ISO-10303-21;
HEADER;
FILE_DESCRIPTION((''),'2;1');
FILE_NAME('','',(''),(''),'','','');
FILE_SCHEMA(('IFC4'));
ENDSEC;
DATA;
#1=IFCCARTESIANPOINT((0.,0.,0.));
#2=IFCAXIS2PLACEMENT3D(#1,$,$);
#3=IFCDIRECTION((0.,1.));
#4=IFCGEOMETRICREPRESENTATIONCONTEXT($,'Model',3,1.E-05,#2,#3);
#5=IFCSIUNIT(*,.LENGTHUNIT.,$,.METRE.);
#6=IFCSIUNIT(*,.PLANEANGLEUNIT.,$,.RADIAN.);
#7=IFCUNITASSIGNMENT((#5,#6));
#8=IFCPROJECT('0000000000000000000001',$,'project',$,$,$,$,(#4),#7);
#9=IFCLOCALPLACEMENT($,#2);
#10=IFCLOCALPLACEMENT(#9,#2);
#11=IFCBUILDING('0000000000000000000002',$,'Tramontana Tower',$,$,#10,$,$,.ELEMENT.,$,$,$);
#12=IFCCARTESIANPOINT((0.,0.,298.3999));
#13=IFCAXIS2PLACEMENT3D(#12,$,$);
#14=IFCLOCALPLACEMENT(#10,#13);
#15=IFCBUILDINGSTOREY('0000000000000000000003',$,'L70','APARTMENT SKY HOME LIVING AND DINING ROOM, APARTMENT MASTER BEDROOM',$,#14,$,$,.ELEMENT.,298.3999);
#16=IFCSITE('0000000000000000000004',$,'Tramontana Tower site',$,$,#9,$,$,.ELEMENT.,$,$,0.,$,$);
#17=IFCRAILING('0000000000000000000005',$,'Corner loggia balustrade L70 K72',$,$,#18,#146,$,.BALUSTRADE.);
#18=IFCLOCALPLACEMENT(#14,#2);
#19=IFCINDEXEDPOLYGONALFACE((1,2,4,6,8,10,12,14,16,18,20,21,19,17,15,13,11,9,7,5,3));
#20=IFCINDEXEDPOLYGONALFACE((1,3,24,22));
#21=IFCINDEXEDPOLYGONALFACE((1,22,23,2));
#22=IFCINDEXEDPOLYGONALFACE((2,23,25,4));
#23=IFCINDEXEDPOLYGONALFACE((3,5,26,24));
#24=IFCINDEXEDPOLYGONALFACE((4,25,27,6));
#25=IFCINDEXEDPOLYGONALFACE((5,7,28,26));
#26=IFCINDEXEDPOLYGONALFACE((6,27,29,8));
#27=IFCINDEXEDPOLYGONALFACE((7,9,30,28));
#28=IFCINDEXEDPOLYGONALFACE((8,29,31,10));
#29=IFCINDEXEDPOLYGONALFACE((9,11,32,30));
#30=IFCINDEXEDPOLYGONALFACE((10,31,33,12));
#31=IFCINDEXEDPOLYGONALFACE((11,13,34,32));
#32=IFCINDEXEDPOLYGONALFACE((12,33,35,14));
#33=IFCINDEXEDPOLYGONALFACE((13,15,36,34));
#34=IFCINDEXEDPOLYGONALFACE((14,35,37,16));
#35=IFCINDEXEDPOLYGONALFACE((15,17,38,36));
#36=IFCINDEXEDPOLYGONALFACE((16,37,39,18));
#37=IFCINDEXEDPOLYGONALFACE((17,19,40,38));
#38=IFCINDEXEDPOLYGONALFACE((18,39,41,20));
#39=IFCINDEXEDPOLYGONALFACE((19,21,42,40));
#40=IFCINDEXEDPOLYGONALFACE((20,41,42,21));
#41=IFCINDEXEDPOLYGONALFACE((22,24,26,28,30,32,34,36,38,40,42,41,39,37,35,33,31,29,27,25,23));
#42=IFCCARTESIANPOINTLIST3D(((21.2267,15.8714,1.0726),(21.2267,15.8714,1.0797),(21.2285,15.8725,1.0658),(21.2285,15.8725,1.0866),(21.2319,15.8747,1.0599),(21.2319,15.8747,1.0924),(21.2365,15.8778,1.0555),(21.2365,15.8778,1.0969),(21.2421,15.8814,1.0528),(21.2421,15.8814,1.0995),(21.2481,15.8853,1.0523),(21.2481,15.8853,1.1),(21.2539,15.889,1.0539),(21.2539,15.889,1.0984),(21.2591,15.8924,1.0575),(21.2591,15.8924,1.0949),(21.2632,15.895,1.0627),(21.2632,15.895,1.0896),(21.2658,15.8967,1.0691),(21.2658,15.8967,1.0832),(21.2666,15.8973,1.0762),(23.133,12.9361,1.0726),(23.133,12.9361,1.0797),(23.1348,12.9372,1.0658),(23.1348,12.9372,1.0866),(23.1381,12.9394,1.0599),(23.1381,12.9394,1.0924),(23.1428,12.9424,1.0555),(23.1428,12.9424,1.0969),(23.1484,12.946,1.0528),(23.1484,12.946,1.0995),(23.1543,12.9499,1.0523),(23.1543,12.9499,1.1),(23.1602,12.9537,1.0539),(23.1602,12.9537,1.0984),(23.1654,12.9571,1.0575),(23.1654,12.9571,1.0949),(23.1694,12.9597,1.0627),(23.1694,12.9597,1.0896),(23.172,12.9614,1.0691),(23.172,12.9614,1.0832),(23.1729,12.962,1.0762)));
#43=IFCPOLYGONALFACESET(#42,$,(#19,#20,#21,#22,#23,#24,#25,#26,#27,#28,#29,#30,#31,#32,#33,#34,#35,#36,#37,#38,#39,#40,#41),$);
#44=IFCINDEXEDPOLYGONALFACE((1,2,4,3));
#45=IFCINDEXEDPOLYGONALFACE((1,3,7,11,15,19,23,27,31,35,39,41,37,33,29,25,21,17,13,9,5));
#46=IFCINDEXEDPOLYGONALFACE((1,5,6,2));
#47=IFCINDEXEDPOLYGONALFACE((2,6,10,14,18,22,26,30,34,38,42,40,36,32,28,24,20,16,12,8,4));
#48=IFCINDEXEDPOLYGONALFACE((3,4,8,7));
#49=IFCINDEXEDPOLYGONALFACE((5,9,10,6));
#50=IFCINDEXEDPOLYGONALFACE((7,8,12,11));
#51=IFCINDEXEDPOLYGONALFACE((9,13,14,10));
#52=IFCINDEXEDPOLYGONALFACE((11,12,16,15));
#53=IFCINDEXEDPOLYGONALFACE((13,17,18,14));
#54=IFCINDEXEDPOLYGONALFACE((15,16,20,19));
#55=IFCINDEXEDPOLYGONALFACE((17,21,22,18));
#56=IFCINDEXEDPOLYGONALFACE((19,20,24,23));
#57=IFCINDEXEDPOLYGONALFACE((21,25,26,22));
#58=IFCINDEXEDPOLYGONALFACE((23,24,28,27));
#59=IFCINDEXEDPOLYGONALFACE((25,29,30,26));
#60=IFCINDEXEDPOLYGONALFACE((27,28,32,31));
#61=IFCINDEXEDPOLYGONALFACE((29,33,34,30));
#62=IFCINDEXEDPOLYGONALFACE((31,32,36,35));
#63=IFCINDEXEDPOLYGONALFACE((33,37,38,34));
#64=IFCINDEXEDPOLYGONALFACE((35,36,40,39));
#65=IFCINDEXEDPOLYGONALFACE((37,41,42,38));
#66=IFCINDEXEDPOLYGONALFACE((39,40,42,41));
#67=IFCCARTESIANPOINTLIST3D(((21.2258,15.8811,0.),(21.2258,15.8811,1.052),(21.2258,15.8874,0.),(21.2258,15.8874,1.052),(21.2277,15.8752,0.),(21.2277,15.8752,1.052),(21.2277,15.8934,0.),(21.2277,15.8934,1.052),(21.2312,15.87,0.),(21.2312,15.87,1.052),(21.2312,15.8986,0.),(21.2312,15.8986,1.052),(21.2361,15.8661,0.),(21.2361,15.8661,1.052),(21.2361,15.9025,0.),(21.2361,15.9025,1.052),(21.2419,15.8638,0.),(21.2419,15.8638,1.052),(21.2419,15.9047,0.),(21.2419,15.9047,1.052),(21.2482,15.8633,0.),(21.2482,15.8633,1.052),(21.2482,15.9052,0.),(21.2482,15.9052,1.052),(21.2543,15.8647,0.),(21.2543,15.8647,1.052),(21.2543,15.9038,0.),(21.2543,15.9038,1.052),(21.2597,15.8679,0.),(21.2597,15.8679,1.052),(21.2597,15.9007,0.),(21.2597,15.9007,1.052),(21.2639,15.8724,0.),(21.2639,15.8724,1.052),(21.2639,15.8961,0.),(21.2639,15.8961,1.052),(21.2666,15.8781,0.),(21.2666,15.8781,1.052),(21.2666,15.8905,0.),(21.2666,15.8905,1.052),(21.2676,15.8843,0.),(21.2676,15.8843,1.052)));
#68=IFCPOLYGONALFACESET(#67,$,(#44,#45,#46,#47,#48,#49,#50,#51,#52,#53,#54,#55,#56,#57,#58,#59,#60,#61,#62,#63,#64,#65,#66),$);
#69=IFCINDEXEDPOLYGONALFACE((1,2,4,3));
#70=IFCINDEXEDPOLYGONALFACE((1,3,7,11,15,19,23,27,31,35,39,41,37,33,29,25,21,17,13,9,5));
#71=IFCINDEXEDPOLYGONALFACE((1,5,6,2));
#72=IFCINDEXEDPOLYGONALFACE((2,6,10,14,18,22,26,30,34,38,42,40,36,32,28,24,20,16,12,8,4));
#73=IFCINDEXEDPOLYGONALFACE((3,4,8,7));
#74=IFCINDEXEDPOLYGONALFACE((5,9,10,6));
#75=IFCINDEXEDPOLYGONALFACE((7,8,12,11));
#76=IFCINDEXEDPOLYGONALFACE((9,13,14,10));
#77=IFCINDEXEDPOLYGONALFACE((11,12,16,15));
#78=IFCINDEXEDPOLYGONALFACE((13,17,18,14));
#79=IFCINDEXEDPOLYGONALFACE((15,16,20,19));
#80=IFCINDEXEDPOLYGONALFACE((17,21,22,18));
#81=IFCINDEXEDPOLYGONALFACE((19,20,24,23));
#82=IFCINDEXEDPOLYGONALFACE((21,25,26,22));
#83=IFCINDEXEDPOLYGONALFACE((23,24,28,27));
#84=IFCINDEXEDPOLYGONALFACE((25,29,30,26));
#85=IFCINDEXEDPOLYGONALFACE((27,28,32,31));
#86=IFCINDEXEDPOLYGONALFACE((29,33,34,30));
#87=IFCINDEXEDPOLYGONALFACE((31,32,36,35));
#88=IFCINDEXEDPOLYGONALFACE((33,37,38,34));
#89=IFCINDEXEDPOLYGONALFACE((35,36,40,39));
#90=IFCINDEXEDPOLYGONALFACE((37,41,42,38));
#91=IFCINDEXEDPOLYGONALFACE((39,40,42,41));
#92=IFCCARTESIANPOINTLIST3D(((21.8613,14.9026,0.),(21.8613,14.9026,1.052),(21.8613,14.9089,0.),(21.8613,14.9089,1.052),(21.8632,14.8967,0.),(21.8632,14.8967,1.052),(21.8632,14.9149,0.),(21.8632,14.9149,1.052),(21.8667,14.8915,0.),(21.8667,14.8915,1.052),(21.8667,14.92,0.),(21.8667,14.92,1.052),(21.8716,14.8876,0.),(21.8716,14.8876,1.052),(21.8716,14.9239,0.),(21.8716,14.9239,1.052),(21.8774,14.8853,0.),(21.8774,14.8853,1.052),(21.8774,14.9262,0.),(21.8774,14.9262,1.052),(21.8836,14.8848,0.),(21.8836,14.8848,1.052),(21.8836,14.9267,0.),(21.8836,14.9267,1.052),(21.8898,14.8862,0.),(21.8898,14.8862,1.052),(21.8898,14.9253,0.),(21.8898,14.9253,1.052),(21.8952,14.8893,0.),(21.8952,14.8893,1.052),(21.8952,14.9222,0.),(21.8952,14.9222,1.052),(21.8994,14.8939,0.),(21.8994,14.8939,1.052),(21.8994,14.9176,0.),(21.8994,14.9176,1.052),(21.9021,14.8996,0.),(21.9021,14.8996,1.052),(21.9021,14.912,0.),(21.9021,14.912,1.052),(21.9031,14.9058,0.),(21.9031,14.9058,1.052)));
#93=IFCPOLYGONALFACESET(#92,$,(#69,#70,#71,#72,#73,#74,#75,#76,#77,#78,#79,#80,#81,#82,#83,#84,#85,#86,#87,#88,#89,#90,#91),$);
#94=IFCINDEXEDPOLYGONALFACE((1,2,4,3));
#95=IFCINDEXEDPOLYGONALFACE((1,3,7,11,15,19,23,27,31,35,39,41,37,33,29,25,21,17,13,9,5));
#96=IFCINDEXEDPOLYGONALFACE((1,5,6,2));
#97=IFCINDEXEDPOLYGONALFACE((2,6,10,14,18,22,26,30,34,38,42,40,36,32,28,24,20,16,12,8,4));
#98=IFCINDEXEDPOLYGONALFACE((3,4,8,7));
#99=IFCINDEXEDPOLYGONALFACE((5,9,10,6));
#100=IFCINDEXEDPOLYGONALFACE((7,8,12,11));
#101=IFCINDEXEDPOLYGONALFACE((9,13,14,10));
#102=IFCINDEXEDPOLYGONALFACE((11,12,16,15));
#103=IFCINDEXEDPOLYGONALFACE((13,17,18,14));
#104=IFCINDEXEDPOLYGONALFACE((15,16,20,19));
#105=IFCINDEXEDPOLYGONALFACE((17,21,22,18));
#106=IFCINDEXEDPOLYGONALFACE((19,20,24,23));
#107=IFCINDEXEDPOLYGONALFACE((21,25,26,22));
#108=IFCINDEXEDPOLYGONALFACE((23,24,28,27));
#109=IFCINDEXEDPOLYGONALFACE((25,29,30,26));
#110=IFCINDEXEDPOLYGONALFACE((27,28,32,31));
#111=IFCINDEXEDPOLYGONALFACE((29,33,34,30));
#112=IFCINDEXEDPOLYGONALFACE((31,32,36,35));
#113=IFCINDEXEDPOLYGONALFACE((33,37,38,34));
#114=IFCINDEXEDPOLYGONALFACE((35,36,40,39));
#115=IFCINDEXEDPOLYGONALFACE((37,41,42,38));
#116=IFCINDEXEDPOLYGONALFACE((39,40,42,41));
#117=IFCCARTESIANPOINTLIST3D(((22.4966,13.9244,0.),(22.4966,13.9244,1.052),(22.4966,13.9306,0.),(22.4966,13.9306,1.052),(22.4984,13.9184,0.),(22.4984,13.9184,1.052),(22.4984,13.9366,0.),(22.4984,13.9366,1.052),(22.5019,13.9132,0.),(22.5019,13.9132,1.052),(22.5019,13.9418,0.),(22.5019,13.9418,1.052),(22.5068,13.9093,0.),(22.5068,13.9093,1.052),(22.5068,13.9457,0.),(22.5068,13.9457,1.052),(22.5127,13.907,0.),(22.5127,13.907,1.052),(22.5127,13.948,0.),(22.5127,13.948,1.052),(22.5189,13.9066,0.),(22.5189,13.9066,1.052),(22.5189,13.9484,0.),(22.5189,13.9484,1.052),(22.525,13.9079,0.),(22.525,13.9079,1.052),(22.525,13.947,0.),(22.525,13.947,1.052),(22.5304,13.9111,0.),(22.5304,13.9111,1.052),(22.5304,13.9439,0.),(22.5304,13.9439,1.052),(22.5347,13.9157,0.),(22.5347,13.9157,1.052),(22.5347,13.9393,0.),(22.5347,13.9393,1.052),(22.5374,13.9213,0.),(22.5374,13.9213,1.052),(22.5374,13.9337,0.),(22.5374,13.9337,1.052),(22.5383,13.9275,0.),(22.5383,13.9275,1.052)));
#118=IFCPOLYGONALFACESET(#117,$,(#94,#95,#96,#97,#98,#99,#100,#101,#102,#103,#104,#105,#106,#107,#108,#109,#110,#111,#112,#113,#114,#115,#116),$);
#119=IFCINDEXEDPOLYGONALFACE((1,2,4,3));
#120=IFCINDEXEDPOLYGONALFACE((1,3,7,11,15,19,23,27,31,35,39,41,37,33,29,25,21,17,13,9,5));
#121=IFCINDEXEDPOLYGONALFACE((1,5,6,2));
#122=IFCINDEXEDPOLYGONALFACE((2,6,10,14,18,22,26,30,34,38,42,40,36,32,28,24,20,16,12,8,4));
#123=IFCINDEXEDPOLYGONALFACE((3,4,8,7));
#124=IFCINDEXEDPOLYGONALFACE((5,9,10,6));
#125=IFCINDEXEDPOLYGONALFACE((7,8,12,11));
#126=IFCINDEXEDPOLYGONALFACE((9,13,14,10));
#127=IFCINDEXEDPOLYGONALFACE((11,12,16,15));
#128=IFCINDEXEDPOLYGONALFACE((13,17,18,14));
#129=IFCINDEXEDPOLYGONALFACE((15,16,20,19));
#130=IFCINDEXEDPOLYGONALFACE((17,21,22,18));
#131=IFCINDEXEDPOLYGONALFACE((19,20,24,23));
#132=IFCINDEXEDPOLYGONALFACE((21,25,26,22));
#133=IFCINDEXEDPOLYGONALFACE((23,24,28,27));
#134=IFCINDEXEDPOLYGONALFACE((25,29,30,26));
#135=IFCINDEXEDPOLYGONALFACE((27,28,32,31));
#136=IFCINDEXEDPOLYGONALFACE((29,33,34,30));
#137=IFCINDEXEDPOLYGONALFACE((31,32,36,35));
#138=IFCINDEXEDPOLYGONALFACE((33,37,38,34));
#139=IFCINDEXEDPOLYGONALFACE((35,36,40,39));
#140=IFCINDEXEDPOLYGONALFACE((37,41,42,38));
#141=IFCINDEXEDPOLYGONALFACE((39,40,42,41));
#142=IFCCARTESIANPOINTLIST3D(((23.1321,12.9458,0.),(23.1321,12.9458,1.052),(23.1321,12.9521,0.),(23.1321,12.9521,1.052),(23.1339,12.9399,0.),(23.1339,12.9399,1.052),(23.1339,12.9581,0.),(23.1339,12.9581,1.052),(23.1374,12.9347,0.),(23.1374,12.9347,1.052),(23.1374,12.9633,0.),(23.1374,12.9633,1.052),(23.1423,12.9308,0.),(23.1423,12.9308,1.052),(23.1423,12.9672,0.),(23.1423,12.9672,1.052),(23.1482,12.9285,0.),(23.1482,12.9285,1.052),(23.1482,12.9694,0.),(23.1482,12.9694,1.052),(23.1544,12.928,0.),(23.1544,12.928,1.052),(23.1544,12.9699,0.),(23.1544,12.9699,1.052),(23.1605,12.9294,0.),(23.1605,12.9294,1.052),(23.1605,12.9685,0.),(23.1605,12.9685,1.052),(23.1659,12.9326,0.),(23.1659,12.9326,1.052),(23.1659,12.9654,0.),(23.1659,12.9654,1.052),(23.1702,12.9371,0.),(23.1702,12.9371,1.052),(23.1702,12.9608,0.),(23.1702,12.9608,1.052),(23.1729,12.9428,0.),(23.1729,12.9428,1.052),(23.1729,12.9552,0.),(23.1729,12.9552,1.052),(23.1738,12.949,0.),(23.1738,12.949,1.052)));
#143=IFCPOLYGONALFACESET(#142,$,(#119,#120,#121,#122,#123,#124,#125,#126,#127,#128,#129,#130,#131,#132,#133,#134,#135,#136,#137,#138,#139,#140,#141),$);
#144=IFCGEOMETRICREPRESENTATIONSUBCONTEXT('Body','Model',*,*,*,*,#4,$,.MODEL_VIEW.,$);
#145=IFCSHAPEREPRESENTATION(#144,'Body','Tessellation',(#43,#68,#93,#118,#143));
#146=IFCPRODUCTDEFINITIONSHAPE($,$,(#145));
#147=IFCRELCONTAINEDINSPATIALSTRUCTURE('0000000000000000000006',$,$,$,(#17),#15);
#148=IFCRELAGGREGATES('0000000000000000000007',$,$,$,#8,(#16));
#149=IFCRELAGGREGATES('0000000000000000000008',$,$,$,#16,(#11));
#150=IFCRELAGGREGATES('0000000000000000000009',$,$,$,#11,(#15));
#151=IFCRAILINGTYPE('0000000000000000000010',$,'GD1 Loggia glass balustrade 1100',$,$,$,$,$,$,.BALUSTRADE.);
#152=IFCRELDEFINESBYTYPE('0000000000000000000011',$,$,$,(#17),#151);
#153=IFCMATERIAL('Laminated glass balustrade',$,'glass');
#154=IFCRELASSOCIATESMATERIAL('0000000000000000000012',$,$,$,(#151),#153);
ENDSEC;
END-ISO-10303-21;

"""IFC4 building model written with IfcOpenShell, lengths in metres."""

from ifc_helpers import new_model, si_unit, direction, frame, origin, origin_2d, place, context, subcontext, project, spatial, circle, extrude, material, type_object, element, save


model = new_model("IFC4")

# Units and contexts
model_context = context("Model", 3, precision=1e-05, world=origin(), true_north=direction((0.0, 1.0)))
body_context = subcontext(model_context, "Body", "Model", "MODEL_VIEW")
ifc_project = project(units=[si_unit("LENGTHUNIT", "METRE"), si_unit("PLANEANGLEUNIT", "RADIAN")], contexts=[model_context])

# Site, building, storey
site_placement = place(None, origin())
site = spatial("IfcSite", under=ifc_project, at=site_placement, Name="Tramontana Tower site", CompositionType="ELEMENT", RefElevation=0.0)
building_placement = place(site_placement, origin())
building = spatial("IfcBuilding", under=site, at=building_placement, Name="Tramontana Tower", CompositionType="ELEMENT")
storey_placement = place(building_placement, frame((0.0, 0.0, 298.3999)))
storey = spatial("IfcBuildingStorey", under=building, at=storey_placement, Name="L70", Description="APARTMENT SKY HOME LIVING AND DINING ROOM, APARTMENT MASTER BEDROOM", CompositionType="ELEMENT", Elevation=298.3999)

# Railing
ifc_material_1 = material(Name="Laminated glass balustrade", Category="glass")
railing_type = type_object("IfcRailingType", Name="GD1 Loggia glass balustrade 1100", PredefinedType="BALUSTRADE", material=ifc_material_1)
railing_1_placement = place(storey_placement, frame((21.2466, 15.8843, 0.0)))
element("IfcRailing", 1, at=railing_1_placement, inside=storey, type_object=railing_type, Name="Corner loggia balustrade L70 K72", PredefinedType="BALUSTRADE", context=body_context, shape_type="SweptSolid", body=[
    extrude(circle(Radius=0.0239, at=origin_2d()), frame((0.0, 0.0, 1.0762), z_axis=(0.544647, -0.838665, 0.0), x_axis=(0.838665, 0.544647, 0.0)), (0.0, 0.0, 1.0), 3.5),
    extrude(circle(Radius=0.021, at=origin_2d()), origin(), (0.0, 0.0, 1.0), 1.052),
    extrude(circle(Radius=0.021, at=origin_2d()), frame((0.6355, -0.9785, 0.0)), (0.0, 0.0, 1.0), 1.052),
    extrude(circle(Radius=0.021, at=origin_2d()), frame((1.2708, -1.9568, 0.0)), (0.0, 0.0, 1.0), 1.052),
    extrude(circle(Radius=0.021, at=origin_2d()), frame((1.9062, -2.9353, 0.0)), (0.0, 0.0, 1.0), 1.052),
])

save(model, "model.ifc")
